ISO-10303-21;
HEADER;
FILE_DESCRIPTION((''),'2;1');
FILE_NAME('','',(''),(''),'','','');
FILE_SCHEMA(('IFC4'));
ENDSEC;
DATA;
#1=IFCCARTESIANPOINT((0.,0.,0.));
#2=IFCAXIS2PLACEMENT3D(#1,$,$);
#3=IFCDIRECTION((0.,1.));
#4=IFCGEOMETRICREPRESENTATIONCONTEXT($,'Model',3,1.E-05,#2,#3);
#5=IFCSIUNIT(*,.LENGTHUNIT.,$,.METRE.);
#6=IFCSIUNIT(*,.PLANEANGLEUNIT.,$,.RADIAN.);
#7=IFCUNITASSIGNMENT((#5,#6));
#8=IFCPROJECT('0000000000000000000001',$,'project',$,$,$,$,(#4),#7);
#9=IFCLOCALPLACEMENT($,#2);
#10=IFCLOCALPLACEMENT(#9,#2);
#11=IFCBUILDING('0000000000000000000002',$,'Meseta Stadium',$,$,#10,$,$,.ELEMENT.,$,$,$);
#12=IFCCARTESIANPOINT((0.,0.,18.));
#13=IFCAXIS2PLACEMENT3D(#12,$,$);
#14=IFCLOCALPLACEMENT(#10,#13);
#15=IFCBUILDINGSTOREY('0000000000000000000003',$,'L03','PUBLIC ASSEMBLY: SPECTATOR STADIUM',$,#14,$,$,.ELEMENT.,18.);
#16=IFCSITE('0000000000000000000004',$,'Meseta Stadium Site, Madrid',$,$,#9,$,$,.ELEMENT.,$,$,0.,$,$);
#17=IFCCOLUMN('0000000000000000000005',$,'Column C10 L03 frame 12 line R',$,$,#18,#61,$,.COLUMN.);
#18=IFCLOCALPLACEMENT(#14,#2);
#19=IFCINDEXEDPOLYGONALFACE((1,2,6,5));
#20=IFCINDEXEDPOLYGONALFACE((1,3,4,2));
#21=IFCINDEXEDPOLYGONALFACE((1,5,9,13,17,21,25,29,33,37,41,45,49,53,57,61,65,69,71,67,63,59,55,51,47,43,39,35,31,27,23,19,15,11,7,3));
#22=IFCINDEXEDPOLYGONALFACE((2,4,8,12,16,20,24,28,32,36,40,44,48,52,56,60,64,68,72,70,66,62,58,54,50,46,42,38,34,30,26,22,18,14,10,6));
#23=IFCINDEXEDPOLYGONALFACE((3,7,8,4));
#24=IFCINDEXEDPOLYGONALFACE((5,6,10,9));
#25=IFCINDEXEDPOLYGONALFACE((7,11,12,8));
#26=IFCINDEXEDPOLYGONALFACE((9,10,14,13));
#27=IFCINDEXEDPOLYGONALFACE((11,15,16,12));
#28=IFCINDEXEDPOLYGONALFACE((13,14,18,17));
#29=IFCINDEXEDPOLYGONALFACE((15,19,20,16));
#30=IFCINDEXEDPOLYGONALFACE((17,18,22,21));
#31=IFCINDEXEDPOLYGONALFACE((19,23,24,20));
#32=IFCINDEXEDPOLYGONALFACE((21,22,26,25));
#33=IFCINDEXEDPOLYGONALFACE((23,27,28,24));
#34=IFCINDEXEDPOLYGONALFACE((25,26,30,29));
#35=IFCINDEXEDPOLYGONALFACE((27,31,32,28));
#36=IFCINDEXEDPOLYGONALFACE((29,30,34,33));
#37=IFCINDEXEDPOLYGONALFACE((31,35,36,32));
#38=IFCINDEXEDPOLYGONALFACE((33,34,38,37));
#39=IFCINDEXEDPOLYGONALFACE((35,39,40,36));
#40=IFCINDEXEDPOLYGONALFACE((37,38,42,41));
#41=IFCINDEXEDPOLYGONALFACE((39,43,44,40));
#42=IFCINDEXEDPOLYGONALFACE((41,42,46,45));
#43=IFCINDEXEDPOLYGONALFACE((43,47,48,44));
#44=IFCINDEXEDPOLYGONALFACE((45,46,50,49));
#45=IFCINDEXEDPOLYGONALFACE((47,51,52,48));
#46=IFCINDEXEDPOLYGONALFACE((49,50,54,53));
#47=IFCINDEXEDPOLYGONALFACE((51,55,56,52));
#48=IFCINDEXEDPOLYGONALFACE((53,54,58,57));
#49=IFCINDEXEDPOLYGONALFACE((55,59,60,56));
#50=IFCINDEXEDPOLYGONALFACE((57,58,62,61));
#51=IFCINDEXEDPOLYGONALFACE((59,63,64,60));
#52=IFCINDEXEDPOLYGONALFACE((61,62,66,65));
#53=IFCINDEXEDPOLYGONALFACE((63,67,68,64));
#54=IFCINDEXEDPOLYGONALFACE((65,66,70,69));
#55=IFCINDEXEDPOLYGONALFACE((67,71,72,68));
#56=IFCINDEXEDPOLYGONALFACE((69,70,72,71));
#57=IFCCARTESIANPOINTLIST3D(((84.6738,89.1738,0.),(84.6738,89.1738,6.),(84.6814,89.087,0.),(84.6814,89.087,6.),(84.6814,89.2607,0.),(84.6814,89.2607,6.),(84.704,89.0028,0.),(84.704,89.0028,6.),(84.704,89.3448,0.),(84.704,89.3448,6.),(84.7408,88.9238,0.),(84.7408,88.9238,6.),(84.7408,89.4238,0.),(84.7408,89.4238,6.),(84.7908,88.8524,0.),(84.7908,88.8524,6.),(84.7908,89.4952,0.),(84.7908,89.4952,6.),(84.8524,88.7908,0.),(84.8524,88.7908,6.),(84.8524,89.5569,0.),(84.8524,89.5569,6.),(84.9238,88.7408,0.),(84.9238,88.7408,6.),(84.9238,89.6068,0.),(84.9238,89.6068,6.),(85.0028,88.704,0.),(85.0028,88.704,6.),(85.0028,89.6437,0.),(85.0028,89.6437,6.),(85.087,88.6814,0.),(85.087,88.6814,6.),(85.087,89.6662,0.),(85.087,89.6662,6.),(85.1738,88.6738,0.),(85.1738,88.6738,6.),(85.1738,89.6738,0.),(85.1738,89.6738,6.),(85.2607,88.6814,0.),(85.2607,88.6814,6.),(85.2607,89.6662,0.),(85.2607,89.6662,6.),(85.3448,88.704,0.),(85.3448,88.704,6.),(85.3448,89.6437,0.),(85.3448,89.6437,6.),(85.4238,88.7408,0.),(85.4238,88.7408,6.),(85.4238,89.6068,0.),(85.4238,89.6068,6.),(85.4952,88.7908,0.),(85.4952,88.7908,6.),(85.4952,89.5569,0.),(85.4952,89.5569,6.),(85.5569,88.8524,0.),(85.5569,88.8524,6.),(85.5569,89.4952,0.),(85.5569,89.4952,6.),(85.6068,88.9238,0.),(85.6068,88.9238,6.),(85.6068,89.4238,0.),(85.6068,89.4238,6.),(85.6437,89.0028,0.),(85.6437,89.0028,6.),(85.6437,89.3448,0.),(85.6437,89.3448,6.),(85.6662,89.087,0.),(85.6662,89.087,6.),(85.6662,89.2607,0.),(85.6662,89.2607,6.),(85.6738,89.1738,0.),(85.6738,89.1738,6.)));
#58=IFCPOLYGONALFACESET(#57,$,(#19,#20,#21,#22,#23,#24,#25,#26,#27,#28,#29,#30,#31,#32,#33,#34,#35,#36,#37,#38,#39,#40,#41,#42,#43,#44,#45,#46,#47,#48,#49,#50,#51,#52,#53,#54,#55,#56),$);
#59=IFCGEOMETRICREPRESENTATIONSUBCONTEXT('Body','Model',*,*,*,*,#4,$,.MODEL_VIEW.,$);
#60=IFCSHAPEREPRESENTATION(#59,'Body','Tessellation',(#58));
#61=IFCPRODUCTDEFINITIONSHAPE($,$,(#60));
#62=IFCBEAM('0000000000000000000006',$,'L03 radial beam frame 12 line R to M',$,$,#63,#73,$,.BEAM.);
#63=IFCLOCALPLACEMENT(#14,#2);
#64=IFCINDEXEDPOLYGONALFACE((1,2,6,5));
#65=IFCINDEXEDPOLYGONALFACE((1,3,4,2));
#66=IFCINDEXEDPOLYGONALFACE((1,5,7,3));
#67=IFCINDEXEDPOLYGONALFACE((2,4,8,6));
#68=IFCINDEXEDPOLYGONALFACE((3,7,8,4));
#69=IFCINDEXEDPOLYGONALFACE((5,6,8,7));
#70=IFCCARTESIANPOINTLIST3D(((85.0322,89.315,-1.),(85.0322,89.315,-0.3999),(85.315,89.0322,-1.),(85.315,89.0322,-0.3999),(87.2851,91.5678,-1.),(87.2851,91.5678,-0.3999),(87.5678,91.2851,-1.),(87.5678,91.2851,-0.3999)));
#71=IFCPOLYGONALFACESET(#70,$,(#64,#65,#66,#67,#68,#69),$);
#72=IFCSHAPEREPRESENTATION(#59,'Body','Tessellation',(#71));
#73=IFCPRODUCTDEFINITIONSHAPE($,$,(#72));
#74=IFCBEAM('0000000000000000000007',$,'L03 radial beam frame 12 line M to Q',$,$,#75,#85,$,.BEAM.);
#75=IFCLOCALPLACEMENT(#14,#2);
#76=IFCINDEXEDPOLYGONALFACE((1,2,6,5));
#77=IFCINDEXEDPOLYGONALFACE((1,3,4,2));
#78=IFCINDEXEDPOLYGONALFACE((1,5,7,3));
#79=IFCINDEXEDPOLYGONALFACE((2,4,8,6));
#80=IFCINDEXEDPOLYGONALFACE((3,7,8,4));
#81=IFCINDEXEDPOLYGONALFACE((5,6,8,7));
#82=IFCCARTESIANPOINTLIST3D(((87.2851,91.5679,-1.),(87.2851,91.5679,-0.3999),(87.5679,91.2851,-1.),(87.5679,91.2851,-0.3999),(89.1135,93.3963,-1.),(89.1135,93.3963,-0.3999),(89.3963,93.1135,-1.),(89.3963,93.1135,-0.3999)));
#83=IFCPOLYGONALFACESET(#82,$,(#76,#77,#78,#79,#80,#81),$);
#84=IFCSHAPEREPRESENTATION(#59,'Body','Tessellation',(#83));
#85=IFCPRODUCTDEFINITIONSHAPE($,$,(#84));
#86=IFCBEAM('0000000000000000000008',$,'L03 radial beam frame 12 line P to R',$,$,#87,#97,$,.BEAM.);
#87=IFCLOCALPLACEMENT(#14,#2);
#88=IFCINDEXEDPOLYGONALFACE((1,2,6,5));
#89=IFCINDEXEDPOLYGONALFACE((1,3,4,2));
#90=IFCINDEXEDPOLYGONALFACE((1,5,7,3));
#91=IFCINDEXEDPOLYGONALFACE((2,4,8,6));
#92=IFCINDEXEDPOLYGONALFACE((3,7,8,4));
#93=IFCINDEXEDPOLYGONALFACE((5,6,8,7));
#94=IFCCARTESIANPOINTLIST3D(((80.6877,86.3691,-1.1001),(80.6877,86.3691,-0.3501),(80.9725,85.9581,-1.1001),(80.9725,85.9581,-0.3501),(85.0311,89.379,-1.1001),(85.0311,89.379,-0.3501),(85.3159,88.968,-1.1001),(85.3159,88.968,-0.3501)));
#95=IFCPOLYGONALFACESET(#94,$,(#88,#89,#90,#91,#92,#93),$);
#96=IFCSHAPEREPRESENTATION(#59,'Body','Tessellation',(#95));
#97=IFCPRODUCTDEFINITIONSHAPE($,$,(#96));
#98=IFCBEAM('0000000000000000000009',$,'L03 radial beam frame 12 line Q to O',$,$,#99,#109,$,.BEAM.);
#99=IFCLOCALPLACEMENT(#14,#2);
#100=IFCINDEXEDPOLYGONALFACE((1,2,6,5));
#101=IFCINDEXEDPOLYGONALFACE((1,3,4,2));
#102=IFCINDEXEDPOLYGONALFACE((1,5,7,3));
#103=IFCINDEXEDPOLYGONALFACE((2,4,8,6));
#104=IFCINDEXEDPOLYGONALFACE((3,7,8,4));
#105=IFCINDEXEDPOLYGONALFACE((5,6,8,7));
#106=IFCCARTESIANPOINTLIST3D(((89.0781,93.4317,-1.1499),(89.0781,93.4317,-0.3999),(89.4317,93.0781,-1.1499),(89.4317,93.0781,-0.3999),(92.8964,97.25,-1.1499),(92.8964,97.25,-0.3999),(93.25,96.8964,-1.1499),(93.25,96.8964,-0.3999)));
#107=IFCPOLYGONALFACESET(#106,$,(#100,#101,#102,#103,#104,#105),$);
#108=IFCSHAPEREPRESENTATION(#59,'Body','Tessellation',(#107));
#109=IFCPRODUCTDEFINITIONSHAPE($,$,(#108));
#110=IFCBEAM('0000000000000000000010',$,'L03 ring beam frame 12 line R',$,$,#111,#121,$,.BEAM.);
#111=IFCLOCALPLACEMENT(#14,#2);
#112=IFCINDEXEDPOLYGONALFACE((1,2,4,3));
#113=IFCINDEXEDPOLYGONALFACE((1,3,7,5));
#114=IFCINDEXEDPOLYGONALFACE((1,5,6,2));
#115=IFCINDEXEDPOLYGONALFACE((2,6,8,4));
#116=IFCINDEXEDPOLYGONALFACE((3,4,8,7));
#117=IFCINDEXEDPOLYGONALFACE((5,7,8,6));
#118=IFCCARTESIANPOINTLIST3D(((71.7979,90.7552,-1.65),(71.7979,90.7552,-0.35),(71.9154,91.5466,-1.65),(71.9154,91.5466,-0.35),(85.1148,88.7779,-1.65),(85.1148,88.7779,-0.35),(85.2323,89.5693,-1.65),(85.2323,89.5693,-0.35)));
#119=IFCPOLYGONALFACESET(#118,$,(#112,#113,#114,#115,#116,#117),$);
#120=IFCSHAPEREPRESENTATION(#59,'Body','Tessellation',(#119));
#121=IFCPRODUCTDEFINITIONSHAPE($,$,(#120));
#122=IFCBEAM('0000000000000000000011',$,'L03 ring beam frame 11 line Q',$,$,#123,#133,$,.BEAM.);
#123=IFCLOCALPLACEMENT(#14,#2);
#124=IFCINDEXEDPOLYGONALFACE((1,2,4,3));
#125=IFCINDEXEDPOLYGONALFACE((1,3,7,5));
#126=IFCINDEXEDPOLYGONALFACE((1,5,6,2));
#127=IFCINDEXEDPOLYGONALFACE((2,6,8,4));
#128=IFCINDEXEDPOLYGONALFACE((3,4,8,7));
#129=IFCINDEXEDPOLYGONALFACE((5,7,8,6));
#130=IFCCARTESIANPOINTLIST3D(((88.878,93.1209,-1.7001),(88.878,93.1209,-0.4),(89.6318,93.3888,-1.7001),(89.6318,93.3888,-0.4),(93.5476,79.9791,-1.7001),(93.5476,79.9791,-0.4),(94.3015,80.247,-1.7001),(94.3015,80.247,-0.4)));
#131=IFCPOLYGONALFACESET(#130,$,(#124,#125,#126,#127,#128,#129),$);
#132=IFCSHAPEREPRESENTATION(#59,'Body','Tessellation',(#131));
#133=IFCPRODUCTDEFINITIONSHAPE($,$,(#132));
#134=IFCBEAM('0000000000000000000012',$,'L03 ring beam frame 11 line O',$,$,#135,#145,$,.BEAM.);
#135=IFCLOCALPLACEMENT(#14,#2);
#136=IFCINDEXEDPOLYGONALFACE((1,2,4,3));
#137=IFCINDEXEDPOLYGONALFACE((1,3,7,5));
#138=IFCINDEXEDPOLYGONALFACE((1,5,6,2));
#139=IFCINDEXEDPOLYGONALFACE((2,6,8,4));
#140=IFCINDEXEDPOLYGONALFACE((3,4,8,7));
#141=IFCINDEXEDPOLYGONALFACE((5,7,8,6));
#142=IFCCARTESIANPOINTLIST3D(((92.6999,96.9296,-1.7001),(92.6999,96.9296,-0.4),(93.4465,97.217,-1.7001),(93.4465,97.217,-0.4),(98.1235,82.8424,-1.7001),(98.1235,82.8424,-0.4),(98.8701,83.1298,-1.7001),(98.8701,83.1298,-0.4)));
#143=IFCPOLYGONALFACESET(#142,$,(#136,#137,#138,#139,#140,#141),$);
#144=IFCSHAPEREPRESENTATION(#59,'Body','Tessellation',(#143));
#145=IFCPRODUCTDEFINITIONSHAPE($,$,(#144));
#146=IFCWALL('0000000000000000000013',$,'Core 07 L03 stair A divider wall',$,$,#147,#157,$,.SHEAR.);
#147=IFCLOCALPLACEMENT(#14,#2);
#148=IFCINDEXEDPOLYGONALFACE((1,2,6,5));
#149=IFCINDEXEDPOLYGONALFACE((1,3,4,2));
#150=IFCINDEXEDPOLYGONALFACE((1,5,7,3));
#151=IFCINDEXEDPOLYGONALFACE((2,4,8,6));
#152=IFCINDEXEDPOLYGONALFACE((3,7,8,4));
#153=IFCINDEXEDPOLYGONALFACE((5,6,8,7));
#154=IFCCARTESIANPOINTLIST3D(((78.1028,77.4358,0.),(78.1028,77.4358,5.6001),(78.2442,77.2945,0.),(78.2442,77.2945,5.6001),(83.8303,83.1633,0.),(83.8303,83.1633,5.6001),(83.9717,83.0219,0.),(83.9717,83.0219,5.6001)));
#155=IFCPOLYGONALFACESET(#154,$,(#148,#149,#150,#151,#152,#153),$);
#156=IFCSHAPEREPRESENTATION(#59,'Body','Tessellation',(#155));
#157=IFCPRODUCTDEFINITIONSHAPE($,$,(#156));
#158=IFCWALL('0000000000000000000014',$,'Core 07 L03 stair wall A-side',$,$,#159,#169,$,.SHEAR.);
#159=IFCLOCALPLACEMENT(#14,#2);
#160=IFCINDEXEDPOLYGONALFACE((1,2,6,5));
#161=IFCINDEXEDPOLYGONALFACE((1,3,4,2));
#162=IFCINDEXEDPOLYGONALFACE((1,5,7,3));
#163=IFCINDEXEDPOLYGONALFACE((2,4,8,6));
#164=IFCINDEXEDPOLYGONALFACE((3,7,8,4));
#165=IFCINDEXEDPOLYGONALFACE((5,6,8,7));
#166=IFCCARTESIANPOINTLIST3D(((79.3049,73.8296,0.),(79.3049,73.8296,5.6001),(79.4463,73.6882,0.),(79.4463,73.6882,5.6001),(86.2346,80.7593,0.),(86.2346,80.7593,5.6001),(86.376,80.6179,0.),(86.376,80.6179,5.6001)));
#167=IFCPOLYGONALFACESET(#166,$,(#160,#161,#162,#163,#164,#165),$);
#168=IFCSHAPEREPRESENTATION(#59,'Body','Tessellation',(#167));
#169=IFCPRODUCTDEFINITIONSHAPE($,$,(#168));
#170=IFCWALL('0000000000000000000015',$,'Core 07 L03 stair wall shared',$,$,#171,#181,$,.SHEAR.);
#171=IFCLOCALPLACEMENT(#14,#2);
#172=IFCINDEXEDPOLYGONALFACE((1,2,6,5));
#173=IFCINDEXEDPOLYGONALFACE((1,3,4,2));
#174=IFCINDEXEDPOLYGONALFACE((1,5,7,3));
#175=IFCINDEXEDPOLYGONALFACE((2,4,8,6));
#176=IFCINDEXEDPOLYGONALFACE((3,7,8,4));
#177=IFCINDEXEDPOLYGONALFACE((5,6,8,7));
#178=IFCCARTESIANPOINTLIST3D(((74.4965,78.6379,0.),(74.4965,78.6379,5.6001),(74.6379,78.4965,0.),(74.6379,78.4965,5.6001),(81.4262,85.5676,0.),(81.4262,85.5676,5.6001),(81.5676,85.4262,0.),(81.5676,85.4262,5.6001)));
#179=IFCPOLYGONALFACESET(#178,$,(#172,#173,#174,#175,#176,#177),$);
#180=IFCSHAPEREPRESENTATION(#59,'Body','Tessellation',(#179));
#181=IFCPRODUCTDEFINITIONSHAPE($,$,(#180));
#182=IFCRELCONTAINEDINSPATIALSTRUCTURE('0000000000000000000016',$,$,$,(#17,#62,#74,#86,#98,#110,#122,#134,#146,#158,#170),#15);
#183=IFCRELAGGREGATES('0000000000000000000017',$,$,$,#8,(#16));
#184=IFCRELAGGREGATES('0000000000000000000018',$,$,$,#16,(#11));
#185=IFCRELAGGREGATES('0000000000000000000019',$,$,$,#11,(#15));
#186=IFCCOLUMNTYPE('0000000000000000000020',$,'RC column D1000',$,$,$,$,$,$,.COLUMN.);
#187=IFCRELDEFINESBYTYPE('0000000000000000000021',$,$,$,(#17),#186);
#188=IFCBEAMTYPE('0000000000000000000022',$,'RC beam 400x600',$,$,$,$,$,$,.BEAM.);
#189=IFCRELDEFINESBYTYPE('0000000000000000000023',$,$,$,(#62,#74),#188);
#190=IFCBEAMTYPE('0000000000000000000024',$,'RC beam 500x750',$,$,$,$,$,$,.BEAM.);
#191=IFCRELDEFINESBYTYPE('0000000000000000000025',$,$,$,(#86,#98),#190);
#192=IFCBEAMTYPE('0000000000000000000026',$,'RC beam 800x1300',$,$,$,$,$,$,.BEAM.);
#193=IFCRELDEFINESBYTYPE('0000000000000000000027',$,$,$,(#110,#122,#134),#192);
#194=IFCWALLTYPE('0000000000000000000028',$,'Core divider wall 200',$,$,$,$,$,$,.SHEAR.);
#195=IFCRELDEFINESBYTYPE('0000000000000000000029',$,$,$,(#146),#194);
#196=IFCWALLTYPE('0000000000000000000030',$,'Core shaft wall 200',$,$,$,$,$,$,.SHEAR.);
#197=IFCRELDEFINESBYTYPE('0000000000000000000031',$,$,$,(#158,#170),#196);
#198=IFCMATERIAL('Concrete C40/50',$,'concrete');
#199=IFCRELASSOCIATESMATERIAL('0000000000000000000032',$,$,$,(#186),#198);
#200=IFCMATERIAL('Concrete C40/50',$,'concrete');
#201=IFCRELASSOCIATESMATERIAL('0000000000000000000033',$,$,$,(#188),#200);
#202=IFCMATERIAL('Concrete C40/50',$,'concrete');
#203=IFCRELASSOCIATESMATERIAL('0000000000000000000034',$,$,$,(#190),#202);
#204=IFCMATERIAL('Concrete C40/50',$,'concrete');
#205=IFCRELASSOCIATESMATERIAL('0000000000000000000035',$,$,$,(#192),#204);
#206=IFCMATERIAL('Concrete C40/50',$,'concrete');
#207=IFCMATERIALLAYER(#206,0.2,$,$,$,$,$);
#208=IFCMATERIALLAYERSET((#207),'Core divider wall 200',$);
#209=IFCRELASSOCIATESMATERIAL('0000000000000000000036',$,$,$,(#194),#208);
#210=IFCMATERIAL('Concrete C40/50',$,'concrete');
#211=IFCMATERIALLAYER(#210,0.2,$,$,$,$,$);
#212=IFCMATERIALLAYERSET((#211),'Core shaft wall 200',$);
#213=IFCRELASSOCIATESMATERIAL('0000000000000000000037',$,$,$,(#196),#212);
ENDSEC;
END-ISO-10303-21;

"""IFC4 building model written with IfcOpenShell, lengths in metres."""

from ifc_helpers import new_model, si_unit, direction, frame, frame_2d, origin, origin_2d, place, context, subcontext, project, spatial, rectangle, circle, extrude, material, layer, layer_set, material_profile, profile_set, type_object, element, save


model = new_model("IFC4")

# Units and contexts
model_context = context("Model", 3, precision=1e-05, world=origin(), true_north=direction((0.0, 1.0)))
body_context = subcontext(model_context, "Body", "Model", "MODEL_VIEW")
ifc_project = project(units=[si_unit("LENGTHUNIT", "METRE"), si_unit("PLANEANGLEUNIT", "RADIAN")], contexts=[model_context])

# Site, building, storey
site_placement = place(None, origin())
site = spatial("IfcSite", under=ifc_project, at=site_placement, Name="Meseta Stadium Site, Madrid", CompositionType="ELEMENT", RefElevation=0.0)
building_placement = place(site_placement, origin())
building = spatial("IfcBuilding", under=site, at=building_placement, Name="Meseta Stadium", CompositionType="ELEMENT")
storey_placement = place(building_placement, frame((0.0, 0.0, 18.0)))
storey = spatial("IfcBuildingStorey", under=building, at=storey_placement, Name="L03", Description="PUBLIC ASSEMBLY: SPECTATOR STADIUM", CompositionType="ELEMENT", Elevation=18.0)

# Column
ifc_material_1 = material(Name="Concrete C40/50", Category="concrete")
ifc_material_profile_1 = material_profile(ifc_material_1, circle(Radius=0.5, at=origin_2d()), Name="RC D1000")
ifc_profile_set_1 = profile_set([ifc_material_profile_1], Name="Concrete C40/50")
column_type = type_object("IfcColumnType", Name="RC column D1000", PredefinedType="COLUMN", material=ifc_profile_set_1)
column_placement = place(storey_placement, frame((85.1738, 89.1738, 0.0), z_axis=(0.0, 0.0, 1.0), x_axis=(1.0, 0.0, 0.0)))
element("IfcColumn", 1, at=column_placement, inside=storey, type_object=column_type, Name="Column C10 L03 frame 12 line R", PredefinedType="COLUMN", context=body_context, shape_type="SweptSolid", body=[
    extrude(circle(Radius=0.5, at=origin_2d()), origin(), (0.0, 0.0, 1.0), 6.0),
])

# Beams
ifc_material_2 = material(Name="Concrete C40/50", Category="concrete")
ifc_material_profile_2 = material_profile(ifc_material_2, rectangle(XDim=0.3999, YDim=0.6001, at=origin_2d()), Name="RC 400x600")
ifc_profile_set_2 = profile_set([ifc_material_profile_2], Name="Concrete C40/50")
beam_type_1 = type_object("IfcBeamType", Name="RC beam 400x600", PredefinedType="BEAM", material=ifc_profile_set_2)
beam_1_placement = place(storey_placement, frame((85.1736, 89.1736, -0.7), z_axis=(0.707107, 0.707107, 0.0), x_axis=(-0.707107, 0.707107, 0.0)))
element("IfcBeam", 2, at=beam_1_placement, inside=storey, type_object=beam_type_1, Name="L03 radial beam frame 12 line R to M", PredefinedType="BEAM", context=body_context, shape_type="SweptSolid", body=[
    extrude(rectangle(XDim=0.3999, YDim=0.6001, at=origin_2d()), origin(), (0.0, 0.0, 1.0), 3.186),
])
beam_2_placement = place(storey_placement, frame((87.4265, 91.4265, -0.7), z_axis=(0.707107, 0.707107, 0.0), x_axis=(-0.707107, 0.707107, 0.0)))
element("IfcBeam", 3, at=beam_2_placement, inside=storey, type_object=beam_type_1, Name="L03 radial beam frame 12 line M to Q", PredefinedType="BEAM", context=body_context, shape_type="SweptSolid", body=[
    extrude(rectangle(XDim=0.3999, YDim=0.6001, at=origin_2d()), origin(), (0.0, 0.0, 1.0), 2.5857),
])
ifc_material_3 = material(Name="Concrete C40/50", Category="concrete")
ifc_material_profile_3 = material_profile(ifc_material_3, rectangle(XDim=0.5, YDim=0.75, at=origin_2d()), Name="RC 500x750")
ifc_profile_set_3 = profile_set([ifc_material_profile_3], Name="Concrete C40/50")
beam_type_2 = type_object("IfcBeamType", Name="RC beam 500x750", PredefinedType="BEAM", material=ifc_profile_set_3)
beam_3_placement = place(storey_placement, frame((80.8301, 86.1636, -0.7251), z_axis=(0.821929, 0.569589, 0.0), x_axis=(-0.569589, 0.821929, 0.0)))
element("IfcBeam", 4, at=beam_3_placement, inside=storey, type_object=beam_type_2, Name="L03 radial beam frame 12 line P to R", PredefinedType="BEAM", context=body_context, shape_type="SweptSolid", body=[
    extrude(rectangle(XDim=0.5, YDim=0.75, at=origin_2d()), origin(), (0.0, 0.0, 1.0), 5.2844),
])
beam_4_placement = place(storey_placement, frame((89.2549, 93.2549, -0.7749), z_axis=(0.707107, 0.707107, 0.0), x_axis=(-0.707107, 0.707107, 0.0)))
element("IfcBeam", 5, at=beam_4_placement, inside=storey, type_object=beam_type_2, Name="L03 radial beam frame 12 line Q to O", PredefinedType="BEAM", context=body_context, shape_type="SweptSolid", body=[
    extrude(rectangle(XDim=0.5, YDim=0.75, at=origin_2d()), origin(), (0.0, 0.0, 1.0), 5.3999),
])
ifc_material_4 = material(Name="Concrete C40/50", Category="concrete")
ifc_material_profile_4 = material_profile(ifc_material_4, rectangle(XDim=0.8, YDim=1.3, at=origin_2d()), Name="RC 800x1300")
ifc_profile_set_4 = profile_set([ifc_material_profile_4], Name="Concrete C40/50")
beam_type_3 = type_object("IfcBeamType", Name="RC beam 800x1300", PredefinedType="BEAM", material=ifc_profile_set_4)
beam_5_placement = place(storey_placement, frame((85.1736, 89.1736, -1.0), z_axis=(-0.989156, 0.14687, 0.0), x_axis=(-0.14687, -0.989156, 0.0)))
element("IfcBeam", 6, at=beam_5_placement, inside=storey, type_object=beam_type_3, Name="L03 ring beam frame 12 line R", PredefinedType="BEAM", context=body_context, shape_type="SweptSolid", body=[
    extrude(rectangle(XDim=0.8, YDim=1.3, at=origin_2d()), origin(), (0.0, 0.0, 1.0), 13.4629),
])
beam_6_placement = place(storey_placement, frame((93.9246, 80.113, -1.05), z_axis=(-0.33482, 0.942282, 0.0), x_axis=(-0.942282, -0.33482, 0.0)))
element("IfcBeam", 7, at=beam_6_placement, inside=storey, type_object=beam_type_3, Name="L03 ring beam frame 11 line Q", PredefinedType="BEAM", context=body_context, shape_type="SweptSolid", body=[
    extrude(rectangle(XDim=0.8, YDim=1.3, at=origin_2d()), origin(), (0.0, 0.0, 1.0), 13.9468),
])
beam_7_placement = place(storey_placement, frame((98.4968, 82.9861, -1.05), z_axis=(-0.359293, 0.933225, 0.0), x_axis=(-0.933225, -0.359293, 0.0)))
element("IfcBeam", 8, at=beam_7_placement, inside=storey, type_object=beam_type_3, Name="L03 ring beam frame 11 line O", PredefinedType="BEAM", context=body_context, shape_type="SweptSolid", body=[
    extrude(rectangle(XDim=0.8, YDim=1.3, at=origin_2d()), origin(), (0.0, 0.0, 1.0), 15.0952),
])

# Walls
ifc_material_5 = material(Name="Concrete C40/50", Category="concrete")
ifc_layer_1 = layer(ifc_material_5, 0.2)
ifc_layer_set_1 = layer_set([ifc_layer_1], Name="Core divider wall 200")
wall_type_1 = type_object("IfcWallType", Name="Core divider wall 200", PredefinedType="SHEAR", material=ifc_layer_set_1)
wall_1_placement = place(storey_placement, frame((83.9009, 83.0925, 0.0), z_axis=(0.0, 0.0, 1.0), x_axis=(-0.707107, -0.707107, 0.0)))
element("IfcWall", 9, at=wall_1_placement, inside=storey, type_object=wall_type_1, Name="Core 07 L03 stair A divider wall", PredefinedType="SHEAR", context=body_context, shape_type="SweptSolid", body=[
    extrude(rectangle(XDim=8.0999, YDim=0.2, at=frame_2d((4.0498, 0.0))), origin(), (0.0, 0.0, 1.0), 5.6001),
])
ifc_material_6 = material(Name="Concrete C40/50", Category="concrete")
ifc_layer_2 = layer(ifc_material_6, 0.2)
ifc_layer_set_2 = layer_set([ifc_layer_2], Name="Core shaft wall 200")
wall_type_2 = type_object("IfcWallType", Name="Core shaft wall 200", PredefinedType="SHEAR", material=ifc_layer_set_2)
for number, where, z_axis, x_axis, name in (
    (10, (86.3052, 80.6885, 0.0), (0.0, 0.0, 1.0), (-0.707107, -0.707107, 0.0), "Core 07 L03 stair wall A-side"),
    (11, (81.4968, 85.4968, 0.0), (0.0, 0.0, 1.0), (-0.707107, -0.707107, 0.0), "Core 07 L03 stair wall shared"),
):
    element("IfcWall", number, at=place(storey_placement, frame(where, z_axis=z_axis, x_axis=x_axis)), inside=storey, type_object=wall_type_2, Name=name, PredefinedType="SHEAR", context=body_context, shape_type="SweptSolid", body=[
        extrude(rectangle(XDim=9.8, YDim=0.2, at=frame_2d((4.8999, 0.0))), origin(), (0.0, 0.0, 1.0), 5.6001),
    ])

save(model, "model.ifc")
